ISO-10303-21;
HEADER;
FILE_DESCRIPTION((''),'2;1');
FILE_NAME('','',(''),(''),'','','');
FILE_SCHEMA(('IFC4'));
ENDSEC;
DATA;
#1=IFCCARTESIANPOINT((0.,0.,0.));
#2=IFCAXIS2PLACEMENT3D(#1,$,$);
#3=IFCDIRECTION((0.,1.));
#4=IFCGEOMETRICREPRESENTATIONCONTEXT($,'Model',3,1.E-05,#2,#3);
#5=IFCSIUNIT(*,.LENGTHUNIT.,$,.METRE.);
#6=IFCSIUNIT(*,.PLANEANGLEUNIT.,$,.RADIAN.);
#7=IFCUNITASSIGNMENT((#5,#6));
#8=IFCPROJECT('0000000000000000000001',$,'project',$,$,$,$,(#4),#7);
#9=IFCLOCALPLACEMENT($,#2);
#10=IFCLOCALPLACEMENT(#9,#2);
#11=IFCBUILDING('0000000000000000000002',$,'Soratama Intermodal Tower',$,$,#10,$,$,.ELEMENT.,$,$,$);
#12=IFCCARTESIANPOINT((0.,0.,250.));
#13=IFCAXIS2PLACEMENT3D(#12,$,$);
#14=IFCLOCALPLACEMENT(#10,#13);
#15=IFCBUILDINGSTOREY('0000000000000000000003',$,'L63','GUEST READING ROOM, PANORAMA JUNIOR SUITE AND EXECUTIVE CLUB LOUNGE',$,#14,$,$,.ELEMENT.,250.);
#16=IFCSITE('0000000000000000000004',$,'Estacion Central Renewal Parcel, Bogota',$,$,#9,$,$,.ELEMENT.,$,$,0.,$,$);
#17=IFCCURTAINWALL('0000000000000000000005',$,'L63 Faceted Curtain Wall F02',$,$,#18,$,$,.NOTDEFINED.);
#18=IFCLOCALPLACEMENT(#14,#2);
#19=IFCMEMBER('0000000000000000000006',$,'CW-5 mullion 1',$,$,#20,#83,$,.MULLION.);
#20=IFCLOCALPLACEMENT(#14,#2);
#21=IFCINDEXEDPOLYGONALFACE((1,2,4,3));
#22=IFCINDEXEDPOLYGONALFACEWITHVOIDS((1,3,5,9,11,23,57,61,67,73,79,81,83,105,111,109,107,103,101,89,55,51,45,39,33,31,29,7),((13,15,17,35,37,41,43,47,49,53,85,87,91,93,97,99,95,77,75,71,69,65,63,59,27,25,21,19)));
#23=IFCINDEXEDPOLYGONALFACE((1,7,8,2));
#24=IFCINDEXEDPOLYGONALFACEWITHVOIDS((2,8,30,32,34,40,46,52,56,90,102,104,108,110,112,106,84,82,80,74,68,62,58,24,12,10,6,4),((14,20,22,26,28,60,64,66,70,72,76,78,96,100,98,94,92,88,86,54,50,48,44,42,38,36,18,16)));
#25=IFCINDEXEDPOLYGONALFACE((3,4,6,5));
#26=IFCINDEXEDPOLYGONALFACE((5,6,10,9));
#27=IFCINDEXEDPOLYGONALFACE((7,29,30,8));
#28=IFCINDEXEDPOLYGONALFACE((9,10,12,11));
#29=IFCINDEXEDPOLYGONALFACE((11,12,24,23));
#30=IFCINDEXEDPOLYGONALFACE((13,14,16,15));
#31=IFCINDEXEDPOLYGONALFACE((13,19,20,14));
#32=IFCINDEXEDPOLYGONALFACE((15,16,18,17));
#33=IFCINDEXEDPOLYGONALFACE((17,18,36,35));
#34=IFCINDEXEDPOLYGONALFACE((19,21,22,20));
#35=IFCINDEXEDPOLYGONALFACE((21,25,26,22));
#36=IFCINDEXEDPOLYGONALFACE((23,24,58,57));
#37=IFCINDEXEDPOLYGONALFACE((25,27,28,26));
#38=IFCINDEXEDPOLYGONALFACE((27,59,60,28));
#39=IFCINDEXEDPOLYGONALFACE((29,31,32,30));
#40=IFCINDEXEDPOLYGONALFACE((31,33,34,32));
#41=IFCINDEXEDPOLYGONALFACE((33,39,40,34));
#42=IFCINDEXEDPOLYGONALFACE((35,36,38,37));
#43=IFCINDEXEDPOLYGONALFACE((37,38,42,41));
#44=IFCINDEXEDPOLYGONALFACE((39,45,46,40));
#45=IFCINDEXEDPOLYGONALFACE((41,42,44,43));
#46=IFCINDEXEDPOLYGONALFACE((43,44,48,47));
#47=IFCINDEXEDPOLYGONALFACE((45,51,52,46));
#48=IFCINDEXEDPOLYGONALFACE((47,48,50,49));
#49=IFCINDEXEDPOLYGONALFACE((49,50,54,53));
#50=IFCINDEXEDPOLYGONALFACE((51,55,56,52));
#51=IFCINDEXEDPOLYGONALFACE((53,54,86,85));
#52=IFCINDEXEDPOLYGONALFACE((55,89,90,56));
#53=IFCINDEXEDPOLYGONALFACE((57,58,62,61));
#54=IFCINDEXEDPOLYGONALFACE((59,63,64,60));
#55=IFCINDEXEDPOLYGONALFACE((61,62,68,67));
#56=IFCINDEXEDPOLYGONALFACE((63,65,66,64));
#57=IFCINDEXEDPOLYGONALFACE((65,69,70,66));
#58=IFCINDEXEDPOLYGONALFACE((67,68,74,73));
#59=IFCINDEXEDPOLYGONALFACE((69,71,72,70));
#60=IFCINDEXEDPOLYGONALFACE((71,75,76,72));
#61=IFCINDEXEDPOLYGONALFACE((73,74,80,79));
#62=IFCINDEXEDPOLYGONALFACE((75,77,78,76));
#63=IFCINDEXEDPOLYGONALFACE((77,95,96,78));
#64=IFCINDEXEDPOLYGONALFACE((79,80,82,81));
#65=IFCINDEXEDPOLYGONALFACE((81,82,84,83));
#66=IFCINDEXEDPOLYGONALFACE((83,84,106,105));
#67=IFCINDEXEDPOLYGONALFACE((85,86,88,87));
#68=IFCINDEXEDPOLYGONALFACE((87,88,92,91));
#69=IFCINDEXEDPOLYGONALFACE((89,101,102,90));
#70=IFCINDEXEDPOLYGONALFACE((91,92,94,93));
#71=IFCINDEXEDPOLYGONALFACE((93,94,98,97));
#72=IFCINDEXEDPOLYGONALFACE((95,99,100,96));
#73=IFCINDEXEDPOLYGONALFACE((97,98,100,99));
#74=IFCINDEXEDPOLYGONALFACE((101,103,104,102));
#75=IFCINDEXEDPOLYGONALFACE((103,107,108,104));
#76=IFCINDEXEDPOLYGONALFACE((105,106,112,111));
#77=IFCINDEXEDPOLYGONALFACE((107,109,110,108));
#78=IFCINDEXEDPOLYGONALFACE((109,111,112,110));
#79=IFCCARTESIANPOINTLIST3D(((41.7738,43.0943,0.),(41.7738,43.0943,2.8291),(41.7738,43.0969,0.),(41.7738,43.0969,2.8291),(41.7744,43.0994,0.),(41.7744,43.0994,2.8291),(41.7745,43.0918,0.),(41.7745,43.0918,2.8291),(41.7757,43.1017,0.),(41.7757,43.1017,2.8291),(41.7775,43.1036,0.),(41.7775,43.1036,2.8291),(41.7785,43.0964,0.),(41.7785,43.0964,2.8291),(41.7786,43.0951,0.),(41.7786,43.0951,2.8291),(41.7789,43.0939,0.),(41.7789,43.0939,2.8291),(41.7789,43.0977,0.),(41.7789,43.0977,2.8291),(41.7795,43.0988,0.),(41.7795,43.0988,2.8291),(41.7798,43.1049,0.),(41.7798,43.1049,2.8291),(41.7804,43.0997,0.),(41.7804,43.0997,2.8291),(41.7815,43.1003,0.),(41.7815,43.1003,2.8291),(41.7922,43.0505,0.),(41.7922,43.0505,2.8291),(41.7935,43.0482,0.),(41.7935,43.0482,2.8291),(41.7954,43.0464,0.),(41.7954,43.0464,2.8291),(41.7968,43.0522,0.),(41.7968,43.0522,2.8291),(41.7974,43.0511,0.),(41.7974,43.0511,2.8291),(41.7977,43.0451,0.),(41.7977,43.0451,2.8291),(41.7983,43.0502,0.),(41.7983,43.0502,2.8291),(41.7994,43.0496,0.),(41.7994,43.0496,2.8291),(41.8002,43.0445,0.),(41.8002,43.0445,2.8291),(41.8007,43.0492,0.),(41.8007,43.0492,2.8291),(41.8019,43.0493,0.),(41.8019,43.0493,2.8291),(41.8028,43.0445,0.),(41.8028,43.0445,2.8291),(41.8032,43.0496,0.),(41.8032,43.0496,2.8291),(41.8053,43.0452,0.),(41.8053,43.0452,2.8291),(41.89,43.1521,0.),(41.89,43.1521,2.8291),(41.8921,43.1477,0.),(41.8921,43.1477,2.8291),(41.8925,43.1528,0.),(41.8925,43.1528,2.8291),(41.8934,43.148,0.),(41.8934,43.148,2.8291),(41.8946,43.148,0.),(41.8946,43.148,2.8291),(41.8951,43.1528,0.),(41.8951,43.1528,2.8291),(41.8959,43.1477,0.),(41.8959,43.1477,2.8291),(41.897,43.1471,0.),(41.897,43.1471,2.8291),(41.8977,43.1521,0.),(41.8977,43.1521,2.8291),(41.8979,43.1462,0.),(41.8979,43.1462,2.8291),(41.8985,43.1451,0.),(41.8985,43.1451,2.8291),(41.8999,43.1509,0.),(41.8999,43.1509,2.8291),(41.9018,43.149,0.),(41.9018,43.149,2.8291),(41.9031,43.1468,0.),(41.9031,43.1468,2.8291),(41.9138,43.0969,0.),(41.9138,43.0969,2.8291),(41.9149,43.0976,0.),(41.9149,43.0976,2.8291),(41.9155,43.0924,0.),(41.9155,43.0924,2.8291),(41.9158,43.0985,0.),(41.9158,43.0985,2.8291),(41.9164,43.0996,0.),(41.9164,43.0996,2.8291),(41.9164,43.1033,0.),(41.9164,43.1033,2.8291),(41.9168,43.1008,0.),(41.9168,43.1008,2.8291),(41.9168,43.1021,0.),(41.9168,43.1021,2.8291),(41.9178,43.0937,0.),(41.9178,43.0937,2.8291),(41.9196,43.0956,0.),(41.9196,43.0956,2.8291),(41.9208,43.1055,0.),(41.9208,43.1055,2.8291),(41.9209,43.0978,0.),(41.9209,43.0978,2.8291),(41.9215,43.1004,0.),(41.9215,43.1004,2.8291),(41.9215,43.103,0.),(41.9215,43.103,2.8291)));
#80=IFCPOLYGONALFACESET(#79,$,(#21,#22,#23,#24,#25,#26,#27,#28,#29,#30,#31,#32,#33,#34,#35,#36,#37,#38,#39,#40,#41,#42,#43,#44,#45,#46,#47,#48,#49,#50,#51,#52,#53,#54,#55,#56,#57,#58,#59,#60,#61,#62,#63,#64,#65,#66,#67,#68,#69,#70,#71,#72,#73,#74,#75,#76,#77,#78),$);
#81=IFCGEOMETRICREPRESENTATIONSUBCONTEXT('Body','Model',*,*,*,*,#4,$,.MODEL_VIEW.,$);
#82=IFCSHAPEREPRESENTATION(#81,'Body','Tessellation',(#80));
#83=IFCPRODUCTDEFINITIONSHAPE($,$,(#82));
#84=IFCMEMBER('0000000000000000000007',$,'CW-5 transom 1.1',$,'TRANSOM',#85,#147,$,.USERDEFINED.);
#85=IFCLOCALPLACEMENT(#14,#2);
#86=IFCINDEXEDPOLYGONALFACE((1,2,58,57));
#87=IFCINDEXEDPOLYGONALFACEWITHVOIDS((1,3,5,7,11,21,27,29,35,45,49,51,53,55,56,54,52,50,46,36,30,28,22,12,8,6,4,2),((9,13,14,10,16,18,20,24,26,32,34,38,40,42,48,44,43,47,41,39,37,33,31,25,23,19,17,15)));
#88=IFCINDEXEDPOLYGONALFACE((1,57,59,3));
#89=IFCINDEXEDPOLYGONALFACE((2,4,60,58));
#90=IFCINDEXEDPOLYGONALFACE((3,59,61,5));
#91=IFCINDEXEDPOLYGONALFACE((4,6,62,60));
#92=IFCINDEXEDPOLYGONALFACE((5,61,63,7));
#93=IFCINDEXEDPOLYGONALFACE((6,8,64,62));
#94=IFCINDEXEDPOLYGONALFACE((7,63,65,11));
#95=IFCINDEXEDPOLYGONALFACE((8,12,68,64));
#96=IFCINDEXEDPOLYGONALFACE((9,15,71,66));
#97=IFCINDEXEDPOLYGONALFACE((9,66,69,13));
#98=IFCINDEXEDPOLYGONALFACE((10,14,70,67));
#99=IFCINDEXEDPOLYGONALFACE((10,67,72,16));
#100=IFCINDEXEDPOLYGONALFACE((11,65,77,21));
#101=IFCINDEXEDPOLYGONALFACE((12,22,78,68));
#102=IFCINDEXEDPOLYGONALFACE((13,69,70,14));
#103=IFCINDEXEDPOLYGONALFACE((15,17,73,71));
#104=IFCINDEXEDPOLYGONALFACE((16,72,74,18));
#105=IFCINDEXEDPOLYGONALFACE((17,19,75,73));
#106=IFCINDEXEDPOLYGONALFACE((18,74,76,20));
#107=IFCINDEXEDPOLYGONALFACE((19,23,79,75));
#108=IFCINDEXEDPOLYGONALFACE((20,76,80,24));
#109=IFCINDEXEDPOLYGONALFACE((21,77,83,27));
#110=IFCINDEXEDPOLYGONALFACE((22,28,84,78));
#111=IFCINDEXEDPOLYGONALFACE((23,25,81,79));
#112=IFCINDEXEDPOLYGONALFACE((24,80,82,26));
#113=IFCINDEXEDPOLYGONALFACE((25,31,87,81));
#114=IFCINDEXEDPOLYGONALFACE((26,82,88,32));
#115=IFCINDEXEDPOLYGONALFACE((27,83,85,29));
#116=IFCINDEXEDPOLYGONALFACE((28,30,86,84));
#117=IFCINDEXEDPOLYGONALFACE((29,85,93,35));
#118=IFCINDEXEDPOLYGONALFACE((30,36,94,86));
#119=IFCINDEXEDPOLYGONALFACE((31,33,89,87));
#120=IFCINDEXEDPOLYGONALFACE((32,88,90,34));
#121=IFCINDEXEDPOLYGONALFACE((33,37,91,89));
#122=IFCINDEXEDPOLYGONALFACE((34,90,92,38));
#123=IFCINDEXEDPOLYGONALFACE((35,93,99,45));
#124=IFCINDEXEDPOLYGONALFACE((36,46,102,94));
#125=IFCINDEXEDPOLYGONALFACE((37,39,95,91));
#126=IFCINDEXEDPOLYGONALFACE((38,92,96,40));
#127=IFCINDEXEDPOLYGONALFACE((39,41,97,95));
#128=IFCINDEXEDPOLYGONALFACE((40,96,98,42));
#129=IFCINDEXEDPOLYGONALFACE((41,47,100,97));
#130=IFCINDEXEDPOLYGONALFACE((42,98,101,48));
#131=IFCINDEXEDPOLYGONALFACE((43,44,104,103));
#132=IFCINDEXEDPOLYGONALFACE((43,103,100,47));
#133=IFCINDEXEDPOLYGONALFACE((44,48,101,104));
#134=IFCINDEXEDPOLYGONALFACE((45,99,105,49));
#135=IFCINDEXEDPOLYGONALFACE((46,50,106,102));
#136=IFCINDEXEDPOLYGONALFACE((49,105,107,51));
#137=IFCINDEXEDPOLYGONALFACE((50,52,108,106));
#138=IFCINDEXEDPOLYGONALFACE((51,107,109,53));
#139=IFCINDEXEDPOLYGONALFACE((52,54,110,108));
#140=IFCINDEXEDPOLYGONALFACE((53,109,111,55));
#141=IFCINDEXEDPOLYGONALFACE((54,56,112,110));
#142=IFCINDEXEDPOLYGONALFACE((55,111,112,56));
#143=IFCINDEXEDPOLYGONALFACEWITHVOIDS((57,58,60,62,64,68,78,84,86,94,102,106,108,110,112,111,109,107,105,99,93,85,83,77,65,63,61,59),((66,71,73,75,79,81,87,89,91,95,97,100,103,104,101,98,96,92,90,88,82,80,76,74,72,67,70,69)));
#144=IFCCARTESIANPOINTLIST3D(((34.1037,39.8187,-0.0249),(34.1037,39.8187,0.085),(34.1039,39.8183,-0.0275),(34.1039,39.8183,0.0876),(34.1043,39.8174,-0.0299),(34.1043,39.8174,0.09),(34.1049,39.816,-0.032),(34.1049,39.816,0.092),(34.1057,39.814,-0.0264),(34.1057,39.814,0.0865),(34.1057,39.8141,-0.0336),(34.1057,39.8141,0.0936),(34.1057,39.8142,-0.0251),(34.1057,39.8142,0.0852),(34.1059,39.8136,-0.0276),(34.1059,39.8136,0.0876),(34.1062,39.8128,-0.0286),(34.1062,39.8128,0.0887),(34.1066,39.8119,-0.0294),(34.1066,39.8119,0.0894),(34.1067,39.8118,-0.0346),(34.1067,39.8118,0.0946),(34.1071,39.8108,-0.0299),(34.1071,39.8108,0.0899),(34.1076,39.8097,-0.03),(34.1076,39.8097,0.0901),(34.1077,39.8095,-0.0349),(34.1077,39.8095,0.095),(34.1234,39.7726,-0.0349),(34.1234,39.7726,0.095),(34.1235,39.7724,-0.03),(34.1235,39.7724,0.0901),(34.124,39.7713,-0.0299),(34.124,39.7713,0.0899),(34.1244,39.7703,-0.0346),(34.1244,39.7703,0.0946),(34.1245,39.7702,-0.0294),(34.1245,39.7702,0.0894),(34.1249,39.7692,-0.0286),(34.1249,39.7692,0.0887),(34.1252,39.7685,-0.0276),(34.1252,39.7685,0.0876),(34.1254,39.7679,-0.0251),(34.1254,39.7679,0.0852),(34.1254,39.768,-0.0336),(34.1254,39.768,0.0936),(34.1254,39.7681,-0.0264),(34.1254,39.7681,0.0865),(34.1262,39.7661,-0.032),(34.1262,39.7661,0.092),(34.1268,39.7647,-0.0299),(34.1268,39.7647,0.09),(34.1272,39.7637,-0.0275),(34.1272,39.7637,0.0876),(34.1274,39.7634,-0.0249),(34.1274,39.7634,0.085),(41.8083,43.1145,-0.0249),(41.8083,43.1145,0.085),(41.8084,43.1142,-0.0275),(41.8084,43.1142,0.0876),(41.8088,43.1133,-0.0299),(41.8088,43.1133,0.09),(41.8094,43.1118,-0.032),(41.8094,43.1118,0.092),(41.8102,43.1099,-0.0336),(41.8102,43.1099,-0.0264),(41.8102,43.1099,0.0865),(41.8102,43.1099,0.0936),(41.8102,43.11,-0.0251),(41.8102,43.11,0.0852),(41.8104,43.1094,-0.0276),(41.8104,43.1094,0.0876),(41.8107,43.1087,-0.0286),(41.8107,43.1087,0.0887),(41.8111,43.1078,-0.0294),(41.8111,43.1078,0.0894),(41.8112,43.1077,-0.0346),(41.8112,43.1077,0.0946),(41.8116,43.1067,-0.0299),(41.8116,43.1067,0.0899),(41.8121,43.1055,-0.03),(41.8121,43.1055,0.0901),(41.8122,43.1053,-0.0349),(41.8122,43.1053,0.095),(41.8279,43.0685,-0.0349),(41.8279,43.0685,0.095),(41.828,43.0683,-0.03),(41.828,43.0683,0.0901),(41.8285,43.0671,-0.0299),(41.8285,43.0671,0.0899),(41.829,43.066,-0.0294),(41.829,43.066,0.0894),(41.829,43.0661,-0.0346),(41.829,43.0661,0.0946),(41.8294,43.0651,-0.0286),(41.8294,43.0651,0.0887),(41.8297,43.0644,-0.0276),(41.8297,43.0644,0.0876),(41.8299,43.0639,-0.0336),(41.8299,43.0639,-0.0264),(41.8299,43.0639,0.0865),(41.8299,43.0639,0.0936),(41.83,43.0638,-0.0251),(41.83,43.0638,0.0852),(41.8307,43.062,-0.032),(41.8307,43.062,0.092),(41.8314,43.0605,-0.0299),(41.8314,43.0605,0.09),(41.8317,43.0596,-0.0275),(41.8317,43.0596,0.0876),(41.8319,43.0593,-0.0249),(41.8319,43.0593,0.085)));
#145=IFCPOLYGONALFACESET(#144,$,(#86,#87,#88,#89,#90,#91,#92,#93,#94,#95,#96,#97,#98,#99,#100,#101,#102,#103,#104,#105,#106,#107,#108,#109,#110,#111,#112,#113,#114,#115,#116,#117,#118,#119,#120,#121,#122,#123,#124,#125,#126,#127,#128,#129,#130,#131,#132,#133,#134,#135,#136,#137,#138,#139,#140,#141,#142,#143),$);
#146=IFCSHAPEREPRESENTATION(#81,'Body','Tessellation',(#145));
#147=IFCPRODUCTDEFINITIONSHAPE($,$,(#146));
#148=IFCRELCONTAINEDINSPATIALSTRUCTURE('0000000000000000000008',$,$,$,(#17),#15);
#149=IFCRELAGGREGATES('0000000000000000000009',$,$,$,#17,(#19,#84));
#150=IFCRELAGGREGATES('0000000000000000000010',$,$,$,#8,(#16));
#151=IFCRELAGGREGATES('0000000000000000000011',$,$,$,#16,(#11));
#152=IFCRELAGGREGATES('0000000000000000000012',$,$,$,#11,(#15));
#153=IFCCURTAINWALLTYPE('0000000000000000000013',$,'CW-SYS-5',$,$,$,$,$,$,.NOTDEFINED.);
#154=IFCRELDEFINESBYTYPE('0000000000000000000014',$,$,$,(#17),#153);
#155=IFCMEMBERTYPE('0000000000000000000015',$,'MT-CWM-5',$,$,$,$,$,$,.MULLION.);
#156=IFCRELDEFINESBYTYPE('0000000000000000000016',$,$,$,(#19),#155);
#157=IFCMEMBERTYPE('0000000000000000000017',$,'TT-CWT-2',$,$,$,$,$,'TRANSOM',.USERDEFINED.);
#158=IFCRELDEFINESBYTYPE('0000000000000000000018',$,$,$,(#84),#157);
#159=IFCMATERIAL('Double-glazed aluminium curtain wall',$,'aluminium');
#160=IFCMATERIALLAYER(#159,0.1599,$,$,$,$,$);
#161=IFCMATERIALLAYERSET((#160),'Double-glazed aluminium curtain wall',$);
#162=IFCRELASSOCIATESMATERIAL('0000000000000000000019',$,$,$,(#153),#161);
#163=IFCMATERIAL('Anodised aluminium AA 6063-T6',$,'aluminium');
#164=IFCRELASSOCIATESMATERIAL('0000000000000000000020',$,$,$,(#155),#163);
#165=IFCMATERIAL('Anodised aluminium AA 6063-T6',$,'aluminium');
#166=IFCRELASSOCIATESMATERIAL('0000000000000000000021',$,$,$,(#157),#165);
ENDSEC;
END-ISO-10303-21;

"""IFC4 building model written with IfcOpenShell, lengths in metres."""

from ifc_helpers import new_model, si_unit, direction, frame, origin, origin_2d, place, context, subcontext, project, spatial, hollow_rectangle, extrude, material, layer, layer_set, material_profile, profile_set, type_object, element, aggregate, save


model = new_model("IFC4")

# Units and contexts
model_context = context("Model", 3, precision=1e-05, world=origin(), true_north=direction((0.0, 1.0)))
body_context = subcontext(model_context, "Body", "Model", "MODEL_VIEW")
ifc_project = project(units=[si_unit("LENGTHUNIT", "METRE"), si_unit("PLANEANGLEUNIT", "RADIAN")], contexts=[model_context])

# Site, building, storey
site_placement = place(None, origin())
site = spatial("IfcSite", under=ifc_project, at=site_placement, Name="Estacion Central Renewal Parcel, Bogota", CompositionType="ELEMENT", RefElevation=0.0)
building_placement = place(site_placement, origin())
building = spatial("IfcBuilding", under=site, at=building_placement, Name="Soratama Intermodal Tower", CompositionType="ELEMENT")
storey_placement = place(building_placement, frame((0.0, 0.0, 250.0)))
storey = spatial("IfcBuildingStorey", under=building, at=storey_placement, Name="L63", Description="GUEST READING ROOM, PANORAMA JUNIOR SUITE AND EXECUTIVE CLUB LOUNGE", CompositionType="ELEMENT", Elevation=250.0)

# Curtain wall, members
ifc_material_1 = material(Name="Double-glazed aluminium curtain wall", Category="aluminium")
ifc_layer_1 = layer(ifc_material_1, 0.1599)
ifc_layer_set_1 = layer_set([ifc_layer_1], Name="Double-glazed aluminium curtain wall")
curtain_wall_type = type_object("IfcCurtainWallType", Name="CW-SYS-5", PredefinedType="NOTDEFINED", material=ifc_layer_set_1)
curtain_wall_placement = place(storey_placement, origin())
curtain_wall = element("IfcCurtainWall", 1, at=curtain_wall_placement, inside=storey, type_object=curtain_wall_type, Name="L63 Faceted Curtain Wall F02", PredefinedType="NOTDEFINED")
ifc_material_2 = material(Name="Anodised aluminium AA 6063-T6", Category="aluminium")
ifc_material_profile_1 = material_profile(ifc_material_2, hollow_rectangle(XDim=0.0649, YDim=0.1399, WallThickness=0.0049, InnerFilletRadius=0.0049, OuterFilletRadius=0.01, at=origin_2d()), Name="CWM140X65X5")
ifc_profile_set_1 = profile_set([ifc_material_profile_1], Name="Anodised aluminium AA 6063-T6")
member_type_1 = type_object("IfcMemberType", Name="MT-CWM-5", PredefinedType="MULLION", material=ifc_profile_set_1)
member_1_placement = place(storey_placement, frame((41.8477, 43.0986, 0.0), z_axis=(0.0, 0.0, 1.0), x_axis=(0.393299, -0.919411, 0.0)))
member_1 = element("IfcMember", 2, at=member_1_placement, type_object=member_type_1, Name="CW-5 mullion 1", PredefinedType="MULLION", context=body_context, shape_type="SweptSolid", body=[
    extrude(hollow_rectangle(XDim=0.0649, YDim=0.1399, WallThickness=0.0049, InnerFilletRadius=0.0049, OuterFilletRadius=0.01, at=origin_2d()), origin(), (0.0, 0.0, 1.0), 2.8291),
])
ifc_material_3 = material(Name="Anodised aluminium AA 6063-T6", Category="aluminium")
ifc_material_profile_2 = material_profile(ifc_material_3, hollow_rectangle(XDim=0.0601, YDim=0.1299, WallThickness=0.0049, InnerFilletRadius=0.0049, OuterFilletRadius=0.01, at=origin_2d()), Name="CWT130X60X5")
ifc_profile_set_2 = profile_set([ifc_material_profile_2], Name="Anodised aluminium AA 6063-T6")
member_type_2 = type_object("IfcMemberType", Name="TT-CWT-2", ElementType="TRANSOM", PredefinedType="USERDEFINED", material=ifc_profile_set_2)
member_2_placement = place(storey_placement, frame((41.8201, 43.0869, 0.03), z_axis=(-0.919407, -0.393307, 0.0), x_axis=(0.393307, -0.919407, 0.0)))
member_2 = element("IfcMember", 3, at=member_2_placement, type_object=member_type_2, Name="CW-5 transom 1.1", ObjectType="TRANSOM", PredefinedType="USERDEFINED", context=body_context, shape_type="SweptSolid", body=[
    extrude(hollow_rectangle(XDim=0.0601, YDim=0.1299, WallThickness=0.0049, InnerFilletRadius=0.0049, OuterFilletRadius=0.01, at=origin_2d()), origin(), (0.0, 0.0, 1.0), 8.3799),
])
aggregate(curtain_wall, [member_1, member_2])

save(model, "model.ifc")
